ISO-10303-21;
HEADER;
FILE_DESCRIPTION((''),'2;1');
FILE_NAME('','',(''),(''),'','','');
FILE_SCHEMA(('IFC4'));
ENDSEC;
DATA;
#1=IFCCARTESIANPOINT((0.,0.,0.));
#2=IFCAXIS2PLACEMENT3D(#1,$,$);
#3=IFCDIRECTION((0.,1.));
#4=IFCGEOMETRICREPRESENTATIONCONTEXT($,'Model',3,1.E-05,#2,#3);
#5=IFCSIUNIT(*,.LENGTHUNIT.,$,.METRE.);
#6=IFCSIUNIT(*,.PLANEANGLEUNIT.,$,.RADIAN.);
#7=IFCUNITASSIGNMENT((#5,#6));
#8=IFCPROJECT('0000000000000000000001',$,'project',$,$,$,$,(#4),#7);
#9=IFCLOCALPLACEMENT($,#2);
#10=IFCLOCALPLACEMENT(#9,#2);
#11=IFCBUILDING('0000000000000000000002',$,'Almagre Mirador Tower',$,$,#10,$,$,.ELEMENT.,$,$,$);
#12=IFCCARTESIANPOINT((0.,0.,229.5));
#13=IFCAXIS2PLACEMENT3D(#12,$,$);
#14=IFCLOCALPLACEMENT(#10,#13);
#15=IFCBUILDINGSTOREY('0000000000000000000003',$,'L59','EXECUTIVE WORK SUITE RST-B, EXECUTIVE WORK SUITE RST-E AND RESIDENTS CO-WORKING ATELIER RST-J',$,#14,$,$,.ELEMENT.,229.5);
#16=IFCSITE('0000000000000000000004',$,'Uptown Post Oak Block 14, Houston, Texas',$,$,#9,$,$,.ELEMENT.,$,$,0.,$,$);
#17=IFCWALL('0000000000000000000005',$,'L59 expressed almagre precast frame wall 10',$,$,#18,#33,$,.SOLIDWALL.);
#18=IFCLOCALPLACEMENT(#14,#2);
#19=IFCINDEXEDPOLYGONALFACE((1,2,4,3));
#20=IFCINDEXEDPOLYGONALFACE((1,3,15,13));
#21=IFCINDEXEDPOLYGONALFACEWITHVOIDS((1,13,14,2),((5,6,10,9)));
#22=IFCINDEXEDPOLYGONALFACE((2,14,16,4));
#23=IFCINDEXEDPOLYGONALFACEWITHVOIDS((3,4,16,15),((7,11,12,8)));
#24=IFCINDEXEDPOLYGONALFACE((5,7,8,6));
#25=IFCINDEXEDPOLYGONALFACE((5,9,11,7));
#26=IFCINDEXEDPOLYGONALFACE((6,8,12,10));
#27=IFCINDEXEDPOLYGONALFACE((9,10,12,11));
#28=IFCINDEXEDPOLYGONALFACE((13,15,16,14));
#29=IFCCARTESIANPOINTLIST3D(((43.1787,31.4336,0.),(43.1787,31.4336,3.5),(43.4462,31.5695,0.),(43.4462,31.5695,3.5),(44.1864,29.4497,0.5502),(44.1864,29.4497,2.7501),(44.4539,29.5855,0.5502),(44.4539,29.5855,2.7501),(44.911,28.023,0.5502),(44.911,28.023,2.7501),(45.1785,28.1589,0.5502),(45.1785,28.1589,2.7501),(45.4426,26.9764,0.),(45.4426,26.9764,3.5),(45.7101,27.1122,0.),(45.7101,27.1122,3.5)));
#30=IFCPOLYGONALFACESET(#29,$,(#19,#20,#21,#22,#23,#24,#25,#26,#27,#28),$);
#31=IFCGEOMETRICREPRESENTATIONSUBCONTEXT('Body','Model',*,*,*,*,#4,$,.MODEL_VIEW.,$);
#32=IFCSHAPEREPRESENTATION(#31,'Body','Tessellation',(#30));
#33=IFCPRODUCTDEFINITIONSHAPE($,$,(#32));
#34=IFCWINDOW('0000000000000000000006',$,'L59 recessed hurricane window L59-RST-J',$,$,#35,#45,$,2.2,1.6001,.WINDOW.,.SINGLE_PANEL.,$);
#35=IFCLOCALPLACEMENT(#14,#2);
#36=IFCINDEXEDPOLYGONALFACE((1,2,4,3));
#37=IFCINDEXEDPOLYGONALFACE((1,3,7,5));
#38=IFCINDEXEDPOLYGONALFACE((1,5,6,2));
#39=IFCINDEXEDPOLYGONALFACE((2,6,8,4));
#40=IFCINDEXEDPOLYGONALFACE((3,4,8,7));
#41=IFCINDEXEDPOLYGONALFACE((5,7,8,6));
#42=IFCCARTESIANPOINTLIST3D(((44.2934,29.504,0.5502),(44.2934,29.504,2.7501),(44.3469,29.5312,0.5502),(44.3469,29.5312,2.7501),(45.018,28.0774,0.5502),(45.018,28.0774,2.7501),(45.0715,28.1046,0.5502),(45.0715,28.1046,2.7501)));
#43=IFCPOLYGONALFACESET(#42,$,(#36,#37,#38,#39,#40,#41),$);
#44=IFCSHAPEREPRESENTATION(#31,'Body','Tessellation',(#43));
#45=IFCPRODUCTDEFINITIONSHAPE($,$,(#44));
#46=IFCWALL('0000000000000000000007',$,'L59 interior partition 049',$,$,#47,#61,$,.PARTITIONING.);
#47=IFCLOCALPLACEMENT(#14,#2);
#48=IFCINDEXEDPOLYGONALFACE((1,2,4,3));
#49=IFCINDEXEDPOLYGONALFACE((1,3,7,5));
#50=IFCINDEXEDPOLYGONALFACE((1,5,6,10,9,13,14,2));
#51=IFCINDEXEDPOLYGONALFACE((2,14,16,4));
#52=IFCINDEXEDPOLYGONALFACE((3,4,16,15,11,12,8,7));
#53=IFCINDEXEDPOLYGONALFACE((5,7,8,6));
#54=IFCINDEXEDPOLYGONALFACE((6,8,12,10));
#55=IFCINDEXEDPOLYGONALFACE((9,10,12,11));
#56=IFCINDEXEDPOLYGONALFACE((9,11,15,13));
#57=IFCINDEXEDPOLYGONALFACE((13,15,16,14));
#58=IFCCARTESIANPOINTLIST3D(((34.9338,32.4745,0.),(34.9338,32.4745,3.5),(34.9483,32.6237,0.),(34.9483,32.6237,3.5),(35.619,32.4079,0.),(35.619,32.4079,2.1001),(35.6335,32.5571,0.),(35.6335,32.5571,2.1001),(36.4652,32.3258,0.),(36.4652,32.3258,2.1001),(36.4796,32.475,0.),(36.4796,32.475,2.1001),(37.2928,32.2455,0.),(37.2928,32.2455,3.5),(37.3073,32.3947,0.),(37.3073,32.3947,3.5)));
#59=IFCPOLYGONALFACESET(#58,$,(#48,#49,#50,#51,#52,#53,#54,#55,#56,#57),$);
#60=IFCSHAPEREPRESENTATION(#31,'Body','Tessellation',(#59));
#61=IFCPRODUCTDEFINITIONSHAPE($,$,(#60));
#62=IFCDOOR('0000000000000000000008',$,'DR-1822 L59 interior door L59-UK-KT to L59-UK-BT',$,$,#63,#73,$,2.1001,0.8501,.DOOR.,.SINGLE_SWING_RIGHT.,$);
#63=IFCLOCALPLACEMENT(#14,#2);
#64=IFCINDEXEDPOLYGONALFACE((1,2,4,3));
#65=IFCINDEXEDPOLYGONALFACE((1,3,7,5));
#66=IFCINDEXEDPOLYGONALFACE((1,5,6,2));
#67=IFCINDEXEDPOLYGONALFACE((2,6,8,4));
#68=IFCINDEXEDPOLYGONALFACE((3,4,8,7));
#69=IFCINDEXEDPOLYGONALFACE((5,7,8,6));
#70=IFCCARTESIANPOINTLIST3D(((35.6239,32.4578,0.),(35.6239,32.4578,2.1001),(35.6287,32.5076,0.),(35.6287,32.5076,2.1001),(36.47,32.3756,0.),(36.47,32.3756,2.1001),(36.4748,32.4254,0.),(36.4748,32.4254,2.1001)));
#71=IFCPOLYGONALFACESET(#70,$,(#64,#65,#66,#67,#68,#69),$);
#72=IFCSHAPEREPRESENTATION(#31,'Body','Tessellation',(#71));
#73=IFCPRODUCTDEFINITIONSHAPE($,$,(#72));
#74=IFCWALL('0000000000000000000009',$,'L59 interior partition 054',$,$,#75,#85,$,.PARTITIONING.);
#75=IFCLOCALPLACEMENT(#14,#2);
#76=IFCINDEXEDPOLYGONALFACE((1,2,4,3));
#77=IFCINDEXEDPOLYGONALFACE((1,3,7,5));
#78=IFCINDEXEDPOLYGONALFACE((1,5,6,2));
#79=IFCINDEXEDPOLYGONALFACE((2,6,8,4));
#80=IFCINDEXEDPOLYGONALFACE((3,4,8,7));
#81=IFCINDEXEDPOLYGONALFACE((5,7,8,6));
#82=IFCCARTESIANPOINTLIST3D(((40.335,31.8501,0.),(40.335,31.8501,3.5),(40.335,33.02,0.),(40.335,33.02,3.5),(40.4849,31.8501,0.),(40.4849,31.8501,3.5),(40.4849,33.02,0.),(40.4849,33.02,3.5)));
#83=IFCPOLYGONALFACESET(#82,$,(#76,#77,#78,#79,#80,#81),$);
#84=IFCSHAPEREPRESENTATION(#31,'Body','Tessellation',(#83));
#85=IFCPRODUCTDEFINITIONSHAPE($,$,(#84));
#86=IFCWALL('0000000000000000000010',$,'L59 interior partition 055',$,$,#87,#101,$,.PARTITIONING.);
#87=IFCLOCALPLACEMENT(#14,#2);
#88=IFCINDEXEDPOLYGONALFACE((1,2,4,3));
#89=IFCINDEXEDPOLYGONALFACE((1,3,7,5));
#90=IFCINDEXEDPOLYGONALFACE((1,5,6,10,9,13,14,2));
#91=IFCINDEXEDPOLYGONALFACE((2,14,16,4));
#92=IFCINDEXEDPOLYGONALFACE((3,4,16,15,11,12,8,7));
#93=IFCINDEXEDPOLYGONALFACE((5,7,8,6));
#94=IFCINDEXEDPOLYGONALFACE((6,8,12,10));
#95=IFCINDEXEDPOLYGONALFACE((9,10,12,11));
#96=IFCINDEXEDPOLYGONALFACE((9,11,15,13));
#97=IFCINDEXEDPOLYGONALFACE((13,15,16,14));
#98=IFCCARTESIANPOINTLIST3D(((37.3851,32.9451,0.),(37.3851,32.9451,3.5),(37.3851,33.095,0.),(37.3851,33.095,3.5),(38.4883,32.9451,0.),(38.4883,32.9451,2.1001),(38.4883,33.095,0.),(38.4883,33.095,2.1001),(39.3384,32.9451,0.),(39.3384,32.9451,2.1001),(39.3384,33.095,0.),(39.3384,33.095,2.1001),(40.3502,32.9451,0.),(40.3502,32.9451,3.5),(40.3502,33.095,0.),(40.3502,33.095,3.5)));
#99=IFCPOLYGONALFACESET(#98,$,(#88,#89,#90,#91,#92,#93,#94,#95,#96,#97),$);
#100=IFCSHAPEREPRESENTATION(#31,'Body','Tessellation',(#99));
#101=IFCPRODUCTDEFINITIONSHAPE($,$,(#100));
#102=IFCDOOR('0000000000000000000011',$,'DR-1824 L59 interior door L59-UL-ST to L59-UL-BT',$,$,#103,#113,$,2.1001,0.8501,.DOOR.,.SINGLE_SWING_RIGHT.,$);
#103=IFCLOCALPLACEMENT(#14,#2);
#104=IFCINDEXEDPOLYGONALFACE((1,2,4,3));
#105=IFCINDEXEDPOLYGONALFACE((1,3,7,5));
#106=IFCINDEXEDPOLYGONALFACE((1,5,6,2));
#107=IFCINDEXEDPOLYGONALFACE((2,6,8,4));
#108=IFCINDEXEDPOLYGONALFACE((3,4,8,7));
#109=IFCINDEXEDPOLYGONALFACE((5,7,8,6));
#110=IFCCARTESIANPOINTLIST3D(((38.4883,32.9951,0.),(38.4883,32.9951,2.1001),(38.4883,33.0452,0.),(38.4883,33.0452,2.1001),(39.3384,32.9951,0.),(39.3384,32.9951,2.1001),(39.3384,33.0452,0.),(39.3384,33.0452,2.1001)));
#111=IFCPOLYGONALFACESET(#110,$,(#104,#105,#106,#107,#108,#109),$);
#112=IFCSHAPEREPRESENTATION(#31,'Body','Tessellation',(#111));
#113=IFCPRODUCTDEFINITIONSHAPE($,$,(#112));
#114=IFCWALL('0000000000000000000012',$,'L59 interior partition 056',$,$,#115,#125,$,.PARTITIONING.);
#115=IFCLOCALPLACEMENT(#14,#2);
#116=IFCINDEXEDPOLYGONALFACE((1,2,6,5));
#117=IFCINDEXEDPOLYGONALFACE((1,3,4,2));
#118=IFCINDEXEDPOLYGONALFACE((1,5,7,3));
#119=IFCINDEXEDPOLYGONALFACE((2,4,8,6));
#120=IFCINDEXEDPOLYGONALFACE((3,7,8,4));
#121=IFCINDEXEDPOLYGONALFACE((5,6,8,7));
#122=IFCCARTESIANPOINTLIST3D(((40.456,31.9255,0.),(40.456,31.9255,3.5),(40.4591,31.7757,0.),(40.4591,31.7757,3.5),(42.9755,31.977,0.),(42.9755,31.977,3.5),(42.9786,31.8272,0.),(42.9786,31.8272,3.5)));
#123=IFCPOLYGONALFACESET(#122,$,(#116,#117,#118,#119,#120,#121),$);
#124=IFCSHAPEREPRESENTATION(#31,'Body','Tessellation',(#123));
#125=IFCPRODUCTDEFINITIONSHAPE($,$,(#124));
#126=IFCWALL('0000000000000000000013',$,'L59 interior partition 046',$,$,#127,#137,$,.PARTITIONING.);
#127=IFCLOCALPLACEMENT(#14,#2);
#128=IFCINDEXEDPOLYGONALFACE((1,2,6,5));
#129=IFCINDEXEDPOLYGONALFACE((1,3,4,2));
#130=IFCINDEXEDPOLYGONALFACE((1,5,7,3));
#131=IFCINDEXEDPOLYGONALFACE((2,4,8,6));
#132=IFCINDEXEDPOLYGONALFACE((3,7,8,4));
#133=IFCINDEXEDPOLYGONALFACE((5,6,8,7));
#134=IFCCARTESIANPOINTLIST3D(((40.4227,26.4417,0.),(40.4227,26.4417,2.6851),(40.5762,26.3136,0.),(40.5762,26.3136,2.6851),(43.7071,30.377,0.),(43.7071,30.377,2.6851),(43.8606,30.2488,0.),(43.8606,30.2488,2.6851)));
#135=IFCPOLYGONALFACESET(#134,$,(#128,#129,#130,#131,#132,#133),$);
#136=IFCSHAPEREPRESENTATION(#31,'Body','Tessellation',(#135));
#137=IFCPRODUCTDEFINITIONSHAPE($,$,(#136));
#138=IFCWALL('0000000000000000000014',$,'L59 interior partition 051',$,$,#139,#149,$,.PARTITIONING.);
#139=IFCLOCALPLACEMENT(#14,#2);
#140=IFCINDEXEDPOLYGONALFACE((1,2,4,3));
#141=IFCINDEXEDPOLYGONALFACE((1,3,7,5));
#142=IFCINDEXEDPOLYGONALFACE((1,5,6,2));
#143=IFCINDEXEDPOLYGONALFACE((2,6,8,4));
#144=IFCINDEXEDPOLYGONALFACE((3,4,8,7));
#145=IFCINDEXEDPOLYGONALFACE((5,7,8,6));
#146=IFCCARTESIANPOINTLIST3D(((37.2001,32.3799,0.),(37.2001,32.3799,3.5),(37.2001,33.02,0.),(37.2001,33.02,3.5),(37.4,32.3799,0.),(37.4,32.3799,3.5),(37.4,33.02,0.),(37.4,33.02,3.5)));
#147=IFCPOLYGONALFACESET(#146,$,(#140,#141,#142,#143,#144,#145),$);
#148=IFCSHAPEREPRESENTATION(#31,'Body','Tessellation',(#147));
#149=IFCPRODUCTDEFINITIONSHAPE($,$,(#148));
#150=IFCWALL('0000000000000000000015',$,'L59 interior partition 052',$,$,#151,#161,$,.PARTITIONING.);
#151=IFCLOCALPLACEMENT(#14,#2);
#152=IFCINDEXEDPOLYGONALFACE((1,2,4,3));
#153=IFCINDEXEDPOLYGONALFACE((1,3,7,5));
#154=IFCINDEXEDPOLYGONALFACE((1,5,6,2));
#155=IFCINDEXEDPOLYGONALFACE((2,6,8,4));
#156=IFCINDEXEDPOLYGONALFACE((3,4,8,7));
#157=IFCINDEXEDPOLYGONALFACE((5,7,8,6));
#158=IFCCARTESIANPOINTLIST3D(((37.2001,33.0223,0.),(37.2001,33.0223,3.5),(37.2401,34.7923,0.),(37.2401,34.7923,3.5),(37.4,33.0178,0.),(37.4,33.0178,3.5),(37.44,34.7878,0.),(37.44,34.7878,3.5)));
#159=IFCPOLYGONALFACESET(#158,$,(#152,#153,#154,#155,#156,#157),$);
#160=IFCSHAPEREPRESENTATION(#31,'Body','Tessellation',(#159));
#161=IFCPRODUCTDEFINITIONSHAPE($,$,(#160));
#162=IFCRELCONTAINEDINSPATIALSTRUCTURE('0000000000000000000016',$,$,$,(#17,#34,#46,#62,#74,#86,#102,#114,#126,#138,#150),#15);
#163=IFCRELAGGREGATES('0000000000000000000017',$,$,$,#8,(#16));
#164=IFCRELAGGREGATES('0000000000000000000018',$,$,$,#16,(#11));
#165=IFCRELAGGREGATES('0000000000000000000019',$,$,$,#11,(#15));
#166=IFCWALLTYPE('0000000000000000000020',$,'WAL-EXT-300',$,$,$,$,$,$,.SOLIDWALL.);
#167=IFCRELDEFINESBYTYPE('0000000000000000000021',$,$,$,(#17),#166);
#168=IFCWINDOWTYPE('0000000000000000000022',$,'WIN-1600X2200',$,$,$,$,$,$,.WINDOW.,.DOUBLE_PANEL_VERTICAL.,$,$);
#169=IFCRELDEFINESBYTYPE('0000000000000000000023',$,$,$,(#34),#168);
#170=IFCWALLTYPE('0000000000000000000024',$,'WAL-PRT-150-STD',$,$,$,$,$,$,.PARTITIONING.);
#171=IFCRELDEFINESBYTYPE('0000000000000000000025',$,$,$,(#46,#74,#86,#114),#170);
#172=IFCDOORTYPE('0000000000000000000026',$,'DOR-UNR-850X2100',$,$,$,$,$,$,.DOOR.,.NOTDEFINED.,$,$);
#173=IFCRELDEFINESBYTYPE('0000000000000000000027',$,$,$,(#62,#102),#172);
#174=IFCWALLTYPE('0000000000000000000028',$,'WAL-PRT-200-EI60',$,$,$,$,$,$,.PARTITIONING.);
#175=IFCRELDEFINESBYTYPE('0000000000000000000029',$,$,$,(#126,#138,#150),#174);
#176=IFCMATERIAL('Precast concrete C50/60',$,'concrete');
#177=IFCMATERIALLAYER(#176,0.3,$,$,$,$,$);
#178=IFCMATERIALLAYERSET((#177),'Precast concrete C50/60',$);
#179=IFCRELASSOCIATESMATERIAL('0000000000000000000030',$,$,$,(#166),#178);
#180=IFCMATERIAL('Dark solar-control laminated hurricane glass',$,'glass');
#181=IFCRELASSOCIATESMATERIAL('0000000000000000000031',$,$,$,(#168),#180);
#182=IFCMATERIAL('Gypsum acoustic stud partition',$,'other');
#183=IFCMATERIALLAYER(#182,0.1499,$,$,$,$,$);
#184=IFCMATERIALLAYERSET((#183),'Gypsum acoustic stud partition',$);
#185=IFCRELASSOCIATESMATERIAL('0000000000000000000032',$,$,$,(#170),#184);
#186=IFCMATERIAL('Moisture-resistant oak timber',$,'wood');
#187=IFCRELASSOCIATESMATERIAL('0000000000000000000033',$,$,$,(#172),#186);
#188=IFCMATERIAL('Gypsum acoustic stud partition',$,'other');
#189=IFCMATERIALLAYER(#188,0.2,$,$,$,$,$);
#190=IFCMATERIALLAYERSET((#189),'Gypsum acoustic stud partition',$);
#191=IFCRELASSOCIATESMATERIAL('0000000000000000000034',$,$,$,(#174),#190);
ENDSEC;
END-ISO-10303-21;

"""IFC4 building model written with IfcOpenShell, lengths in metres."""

from ifc_helpers import new_model, si_unit, direction, frame, frame_2d, origin, place, context, subcontext, project, spatial, rectangle, extrude, material, layer, layer_set, type_object, element, fill, save


model = new_model("IFC4")

# Units and contexts
model_context = context("Model", 3, precision=1e-05, world=origin(), true_north=direction((0.0, 1.0)))
body_context = subcontext(model_context, "Body", "Model", "MODEL_VIEW")
ifc_project = project(units=[si_unit("LENGTHUNIT", "METRE"), si_unit("PLANEANGLEUNIT", "RADIAN")], contexts=[model_context])

# Site, building, storey
site_placement = place(None, origin())
site = spatial("IfcSite", under=ifc_project, at=site_placement, Name="Uptown Post Oak Block 14, Houston, Texas", CompositionType="ELEMENT", RefElevation=0.0)
building_placement = place(site_placement, origin())
building = spatial("IfcBuilding", under=site, at=building_placement, Name="Almagre Mirador Tower", CompositionType="ELEMENT")
storey_placement = place(building_placement, frame((0.0, 0.0, 229.5)))
storey = spatial("IfcBuildingStorey", under=building, at=storey_placement, Name="L59", Description="EXECUTIVE WORK SUITE RST-B, EXECUTIVE WORK SUITE RST-E AND RESIDENTS CO-WORKING ATELIER RST-J", CompositionType="ELEMENT", Elevation=229.5)

# Shared definitions
ifc_material_1 = material(Name="Precast concrete C50/60", Category="concrete")
ifc_layer_1 = layer(ifc_material_1, 0.3)
ifc_layer_set_1 = layer_set([ifc_layer_1], Name="Precast concrete C50/60")
wall_type_1 = type_object("IfcWallType", Name="WAL-EXT-300", PredefinedType="SOLIDWALL", material=ifc_layer_set_1)

# Wall, opening, window
wall_1_placement = place(storey_placement, frame((43.3125, 31.5015, 0.0), z_axis=(0.0, 0.0, 1.0), x_axis=(0.45285, -0.891587, 0.0)))
wall_1 = element("IfcWall", 1, at=wall_1_placement, inside=storey, type_object=wall_type_1, Name="L59 expressed almagre precast frame wall 10", PredefinedType="SOLIDWALL", context=body_context, shape_type="SweptSolid", body=[
    extrude(rectangle(XDim=4.9993, YDim=0.3, at=frame_2d((2.4995, 0.0))), origin(), (0.0, 0.0, 1.0), 3.5),
])
opening_1_placement = place(wall_1_placement, frame((2.2251, 0.0, 0.55)))
opening_1 = element("IfcOpeningElement", 2, at=opening_1_placement, cuts=wall_1, PredefinedType="OPENING", context=body_context, shape_type="SweptSolid", body=[
    extrude(rectangle(XDim=1.6001, YDim=2.2, at=frame_2d((0.8, 1.1001))), frame((0.0, 0.1599, 0.0), z_axis=(0.0, -1.0, 0.0), x_axis=(1.0, 0.0, 0.0)), (0.0, 0.0, 1.0), 0.32),
])
ifc_material_2 = material(Name="Dark solar-control laminated hurricane glass", Category="glass")
window_type_1 = type_object("IfcWindowType", Name="WIN-1600X2200", PartitioningType="DOUBLE_PANEL_VERTICAL", PredefinedType="WINDOW", material=ifc_material_2)
window_1_placement = place(opening_1_placement, origin())
window_1 = element("IfcWindow", 3, at=window_1_placement, inside=storey, type_object=window_type_1, Name="L59 recessed hurricane window L59-RST-J", OverallHeight=2.2, OverallWidth=1.6001, PartitioningType="SINGLE_PANEL", PredefinedType="WINDOW", context=body_context, shape_type="SweptSolid", body=[
    extrude(rectangle(XDim=1.6001, YDim=2.2, at=frame_2d((0.8, 1.1001))), frame((0.0, 0.03, 0.0), z_axis=(0.0, -1.0, 0.0), x_axis=(1.0, 0.0, 0.0)), (0.0, 0.0, 1.0), 0.0601),
])
fill(opening_1, window_1)

# Wall, opening, door
ifc_material_3 = material(Name="Gypsum acoustic stud partition", Category="other")
ifc_layer_2 = layer(ifc_material_3, 0.1499)
ifc_layer_set_2 = layer_set([ifc_layer_2], Name="Gypsum acoustic stud partition")
wall_type_2 = type_object("IfcWallType", Name="WAL-PRT-150-STD", PredefinedType="PARTITIONING", material=ifc_layer_set_2)
wall_2_placement = place(storey_placement, frame((37.3, 32.3201, 0.0), z_axis=(0.0, 0.0, 1.0), x_axis=(-0.995322, 0.096617, 0.0)))
wall_2 = element("IfcWall", 4, at=wall_2_placement, inside=storey, type_object=wall_type_2, Name="L59 interior partition 049", PredefinedType="PARTITIONING", context=body_context, shape_type="SweptSolid", body=[
    extrude(rectangle(XDim=2.3701, YDim=0.1499, at=frame_2d((1.1851, 0.0))), origin(), (0.0, 0.0, 1.0), 3.5),
])
opening_2_placement = place(wall_2_placement, frame((0.8315, 0.0, 0.0)))
opening_2 = element("IfcOpeningElement", 5, at=opening_2_placement, cuts=wall_2, PredefinedType="OPENING", context=body_context, shape_type="SweptSolid", body=[
    extrude(rectangle(XDim=0.8501, YDim=2.1001, at=frame_2d((0.425, 1.05))), frame((0.0, 0.085, 0.0), z_axis=(0.0, -1.0, 0.0), x_axis=(1.0, 0.0, 0.0)), (0.0, 0.0, 1.0), 0.1699),
])
ifc_material_4 = material(Name="Moisture-resistant oak timber", Category="wood")
door_type = type_object("IfcDoorType", Name="DOR-UNR-850X2100", OperationType="NOTDEFINED", PredefinedType="DOOR", material=ifc_material_4)
door_1_placement = place(opening_2_placement, origin())
door_1 = element("IfcDoor", 6, at=door_1_placement, inside=storey, type_object=door_type, Name="DR-1822 L59 interior door L59-UK-KT to L59-UK-BT", OperationType="SINGLE_SWING_RIGHT", OverallHeight=2.1001, OverallWidth=0.8501, PredefinedType="DOOR", context=body_context, shape_type="SweptSolid", body=[
    extrude(rectangle(XDim=0.8501, YDim=2.1001, at=frame_2d((0.425, 1.05))), frame((0.0, 0.0249, 0.0), z_axis=(0.0, -1.0, 0.0), x_axis=(1.0, 0.0, 0.0)), (0.0, 0.0, 1.0), 0.05),
])
fill(opening_2, door_1)

# Wall
wall_3_placement = place(storey_placement, frame((40.4099, 31.8501, 0.0), z_axis=(0.0, 0.0, 1.0), x_axis=(0.0, 1.0, 0.0)))
element("IfcWall", 7, at=wall_3_placement, inside=storey, type_object=wall_type_2, Name="L59 interior partition 054", PredefinedType="PARTITIONING", context=body_context, shape_type="SweptSolid", body=[
    extrude(rectangle(XDim=1.1699, YDim=0.1499, at=frame_2d((0.585, 0.0))), origin(), (0.0, 0.0, 1.0), 3.5),
])

# Wall, opening, door
wall_4_placement = place(storey_placement, frame((40.3501, 33.02, 0.0), z_axis=(0.0, 0.0, 1.0), x_axis=(-1.0, 0.0, 0.0)))
wall_4 = element("IfcWall", 8, at=wall_4_placement, inside=storey, type_object=wall_type_2, Name="L59 interior partition 055", PredefinedType="PARTITIONING", context=body_context, shape_type="SweptSolid", body=[
    extrude(rectangle(XDim=2.9651, YDim=0.1499, at=frame_2d((1.4824, 0.0))), origin(), (0.0, 0.0, 1.0), 3.5),
])
opening_3_placement = place(wall_4_placement, frame((1.0117, 0.0, 0.0)))
opening_3 = element("IfcOpeningElement", 9, at=opening_3_placement, cuts=wall_4, PredefinedType="OPENING", context=body_context, shape_type="SweptSolid", body=[
    extrude(rectangle(XDim=0.8501, YDim=2.1001, at=frame_2d((0.425, 1.05))), frame((0.0, 0.085, 0.0), z_axis=(0.0, -1.0, 0.0), x_axis=(1.0, 0.0, 0.0)), (0.0, 0.0, 1.0), 0.1699),
])
door_2_placement = place(opening_3_placement, origin())
door_2 = element("IfcDoor", 10, at=door_2_placement, inside=storey, type_object=door_type, Name="DR-1824 L59 interior door L59-UL-ST to L59-UL-BT", OperationType="SINGLE_SWING_RIGHT", OverallHeight=2.1001, OverallWidth=0.8501, PredefinedType="DOOR", context=body_context, shape_type="SweptSolid", body=[
    extrude(rectangle(XDim=0.8501, YDim=2.1001, at=frame_2d((0.425, 1.05))), frame((0.0, 0.0249, 0.0), z_axis=(0.0, -1.0, 0.0), x_axis=(1.0, 0.0, 0.0)), (0.0, 0.0, 1.0), 0.05),
])
fill(opening_3, door_2)

# Walls
wall_5_placement = place(storey_placement, frame((42.9771, 31.9021, 0.0), z_axis=(0.0, 0.0, 1.0), x_axis=(-0.999791, -0.020441, 0.0)))
element("IfcWall", 11, at=wall_5_placement, inside=storey, type_object=wall_type_2, Name="L59 interior partition 056", PredefinedType="PARTITIONING", context=body_context, shape_type="SweptSolid", body=[
    extrude(rectangle(XDim=2.52, YDim=0.1499, at=frame_2d((1.26, 0.0))), origin(), (0.0, 0.0, 1.0), 3.5),
])
ifc_material_5 = material(Name="Gypsum acoustic stud partition", Category="other")
ifc_layer_3 = layer(ifc_material_5, 0.2)
ifc_layer_set_3 = layer_set([ifc_layer_3], Name="Gypsum acoustic stud partition")
wall_type_3 = type_object("IfcWallType", Name="WAL-PRT-200-EI60", PredefinedType="PARTITIONING", material=ifc_layer_set_3)
wall_6_placement = place(storey_placement, frame((43.7839, 30.313, 0.0), z_axis=(0.0, 0.0, 1.0), x_axis=(-0.64076, -0.767741, 0.0)))
element("IfcWall", 12, at=wall_6_placement, inside=storey, type_object=wall_type_3, Name="L59 interior partition 046", PredefinedType="PARTITIONING", context=body_context, shape_type="SweptSolid", body=[
    extrude(rectangle(XDim=5.1257, YDim=0.2, at=frame_2d((2.563, 0.0))), origin(), (0.0, 0.0, 1.0), 2.6851),
])
wall_7_placement = place(storey_placement, frame((37.3, 32.3799, 0.0), z_axis=(0.0, 0.0, 1.0), x_axis=(0.0, 1.0, 0.0)))
element("IfcWall", 13, at=wall_7_placement, inside=storey, type_object=wall_type_3, Name="L59 interior partition 051", PredefinedType="PARTITIONING", context=body_context, shape_type="SweptSolid", body=[
    extrude(rectangle(XDim=0.6401, YDim=0.2, at=frame_2d((0.3201, 0.0))), origin(), (0.0, 0.0, 1.0), 3.5),
])
wall_8_placement = place(storey_placement, frame((37.3, 33.02, 0.0), z_axis=(0.0, 0.0, 1.0), x_axis=(0.022615, 0.999744, 0.0)))
element("IfcWall", 14, at=wall_8_placement, inside=storey, type_object=wall_type_3, Name="L59 interior partition 052", PredefinedType="PARTITIONING", context=body_context, shape_type="SweptSolid", body=[
    extrude(rectangle(XDim=1.7705, YDim=0.2, at=frame_2d((0.8853, 0.0))), origin(), (0.0, 0.0, 1.0), 3.5),
])

save(model, "model.ifc")
